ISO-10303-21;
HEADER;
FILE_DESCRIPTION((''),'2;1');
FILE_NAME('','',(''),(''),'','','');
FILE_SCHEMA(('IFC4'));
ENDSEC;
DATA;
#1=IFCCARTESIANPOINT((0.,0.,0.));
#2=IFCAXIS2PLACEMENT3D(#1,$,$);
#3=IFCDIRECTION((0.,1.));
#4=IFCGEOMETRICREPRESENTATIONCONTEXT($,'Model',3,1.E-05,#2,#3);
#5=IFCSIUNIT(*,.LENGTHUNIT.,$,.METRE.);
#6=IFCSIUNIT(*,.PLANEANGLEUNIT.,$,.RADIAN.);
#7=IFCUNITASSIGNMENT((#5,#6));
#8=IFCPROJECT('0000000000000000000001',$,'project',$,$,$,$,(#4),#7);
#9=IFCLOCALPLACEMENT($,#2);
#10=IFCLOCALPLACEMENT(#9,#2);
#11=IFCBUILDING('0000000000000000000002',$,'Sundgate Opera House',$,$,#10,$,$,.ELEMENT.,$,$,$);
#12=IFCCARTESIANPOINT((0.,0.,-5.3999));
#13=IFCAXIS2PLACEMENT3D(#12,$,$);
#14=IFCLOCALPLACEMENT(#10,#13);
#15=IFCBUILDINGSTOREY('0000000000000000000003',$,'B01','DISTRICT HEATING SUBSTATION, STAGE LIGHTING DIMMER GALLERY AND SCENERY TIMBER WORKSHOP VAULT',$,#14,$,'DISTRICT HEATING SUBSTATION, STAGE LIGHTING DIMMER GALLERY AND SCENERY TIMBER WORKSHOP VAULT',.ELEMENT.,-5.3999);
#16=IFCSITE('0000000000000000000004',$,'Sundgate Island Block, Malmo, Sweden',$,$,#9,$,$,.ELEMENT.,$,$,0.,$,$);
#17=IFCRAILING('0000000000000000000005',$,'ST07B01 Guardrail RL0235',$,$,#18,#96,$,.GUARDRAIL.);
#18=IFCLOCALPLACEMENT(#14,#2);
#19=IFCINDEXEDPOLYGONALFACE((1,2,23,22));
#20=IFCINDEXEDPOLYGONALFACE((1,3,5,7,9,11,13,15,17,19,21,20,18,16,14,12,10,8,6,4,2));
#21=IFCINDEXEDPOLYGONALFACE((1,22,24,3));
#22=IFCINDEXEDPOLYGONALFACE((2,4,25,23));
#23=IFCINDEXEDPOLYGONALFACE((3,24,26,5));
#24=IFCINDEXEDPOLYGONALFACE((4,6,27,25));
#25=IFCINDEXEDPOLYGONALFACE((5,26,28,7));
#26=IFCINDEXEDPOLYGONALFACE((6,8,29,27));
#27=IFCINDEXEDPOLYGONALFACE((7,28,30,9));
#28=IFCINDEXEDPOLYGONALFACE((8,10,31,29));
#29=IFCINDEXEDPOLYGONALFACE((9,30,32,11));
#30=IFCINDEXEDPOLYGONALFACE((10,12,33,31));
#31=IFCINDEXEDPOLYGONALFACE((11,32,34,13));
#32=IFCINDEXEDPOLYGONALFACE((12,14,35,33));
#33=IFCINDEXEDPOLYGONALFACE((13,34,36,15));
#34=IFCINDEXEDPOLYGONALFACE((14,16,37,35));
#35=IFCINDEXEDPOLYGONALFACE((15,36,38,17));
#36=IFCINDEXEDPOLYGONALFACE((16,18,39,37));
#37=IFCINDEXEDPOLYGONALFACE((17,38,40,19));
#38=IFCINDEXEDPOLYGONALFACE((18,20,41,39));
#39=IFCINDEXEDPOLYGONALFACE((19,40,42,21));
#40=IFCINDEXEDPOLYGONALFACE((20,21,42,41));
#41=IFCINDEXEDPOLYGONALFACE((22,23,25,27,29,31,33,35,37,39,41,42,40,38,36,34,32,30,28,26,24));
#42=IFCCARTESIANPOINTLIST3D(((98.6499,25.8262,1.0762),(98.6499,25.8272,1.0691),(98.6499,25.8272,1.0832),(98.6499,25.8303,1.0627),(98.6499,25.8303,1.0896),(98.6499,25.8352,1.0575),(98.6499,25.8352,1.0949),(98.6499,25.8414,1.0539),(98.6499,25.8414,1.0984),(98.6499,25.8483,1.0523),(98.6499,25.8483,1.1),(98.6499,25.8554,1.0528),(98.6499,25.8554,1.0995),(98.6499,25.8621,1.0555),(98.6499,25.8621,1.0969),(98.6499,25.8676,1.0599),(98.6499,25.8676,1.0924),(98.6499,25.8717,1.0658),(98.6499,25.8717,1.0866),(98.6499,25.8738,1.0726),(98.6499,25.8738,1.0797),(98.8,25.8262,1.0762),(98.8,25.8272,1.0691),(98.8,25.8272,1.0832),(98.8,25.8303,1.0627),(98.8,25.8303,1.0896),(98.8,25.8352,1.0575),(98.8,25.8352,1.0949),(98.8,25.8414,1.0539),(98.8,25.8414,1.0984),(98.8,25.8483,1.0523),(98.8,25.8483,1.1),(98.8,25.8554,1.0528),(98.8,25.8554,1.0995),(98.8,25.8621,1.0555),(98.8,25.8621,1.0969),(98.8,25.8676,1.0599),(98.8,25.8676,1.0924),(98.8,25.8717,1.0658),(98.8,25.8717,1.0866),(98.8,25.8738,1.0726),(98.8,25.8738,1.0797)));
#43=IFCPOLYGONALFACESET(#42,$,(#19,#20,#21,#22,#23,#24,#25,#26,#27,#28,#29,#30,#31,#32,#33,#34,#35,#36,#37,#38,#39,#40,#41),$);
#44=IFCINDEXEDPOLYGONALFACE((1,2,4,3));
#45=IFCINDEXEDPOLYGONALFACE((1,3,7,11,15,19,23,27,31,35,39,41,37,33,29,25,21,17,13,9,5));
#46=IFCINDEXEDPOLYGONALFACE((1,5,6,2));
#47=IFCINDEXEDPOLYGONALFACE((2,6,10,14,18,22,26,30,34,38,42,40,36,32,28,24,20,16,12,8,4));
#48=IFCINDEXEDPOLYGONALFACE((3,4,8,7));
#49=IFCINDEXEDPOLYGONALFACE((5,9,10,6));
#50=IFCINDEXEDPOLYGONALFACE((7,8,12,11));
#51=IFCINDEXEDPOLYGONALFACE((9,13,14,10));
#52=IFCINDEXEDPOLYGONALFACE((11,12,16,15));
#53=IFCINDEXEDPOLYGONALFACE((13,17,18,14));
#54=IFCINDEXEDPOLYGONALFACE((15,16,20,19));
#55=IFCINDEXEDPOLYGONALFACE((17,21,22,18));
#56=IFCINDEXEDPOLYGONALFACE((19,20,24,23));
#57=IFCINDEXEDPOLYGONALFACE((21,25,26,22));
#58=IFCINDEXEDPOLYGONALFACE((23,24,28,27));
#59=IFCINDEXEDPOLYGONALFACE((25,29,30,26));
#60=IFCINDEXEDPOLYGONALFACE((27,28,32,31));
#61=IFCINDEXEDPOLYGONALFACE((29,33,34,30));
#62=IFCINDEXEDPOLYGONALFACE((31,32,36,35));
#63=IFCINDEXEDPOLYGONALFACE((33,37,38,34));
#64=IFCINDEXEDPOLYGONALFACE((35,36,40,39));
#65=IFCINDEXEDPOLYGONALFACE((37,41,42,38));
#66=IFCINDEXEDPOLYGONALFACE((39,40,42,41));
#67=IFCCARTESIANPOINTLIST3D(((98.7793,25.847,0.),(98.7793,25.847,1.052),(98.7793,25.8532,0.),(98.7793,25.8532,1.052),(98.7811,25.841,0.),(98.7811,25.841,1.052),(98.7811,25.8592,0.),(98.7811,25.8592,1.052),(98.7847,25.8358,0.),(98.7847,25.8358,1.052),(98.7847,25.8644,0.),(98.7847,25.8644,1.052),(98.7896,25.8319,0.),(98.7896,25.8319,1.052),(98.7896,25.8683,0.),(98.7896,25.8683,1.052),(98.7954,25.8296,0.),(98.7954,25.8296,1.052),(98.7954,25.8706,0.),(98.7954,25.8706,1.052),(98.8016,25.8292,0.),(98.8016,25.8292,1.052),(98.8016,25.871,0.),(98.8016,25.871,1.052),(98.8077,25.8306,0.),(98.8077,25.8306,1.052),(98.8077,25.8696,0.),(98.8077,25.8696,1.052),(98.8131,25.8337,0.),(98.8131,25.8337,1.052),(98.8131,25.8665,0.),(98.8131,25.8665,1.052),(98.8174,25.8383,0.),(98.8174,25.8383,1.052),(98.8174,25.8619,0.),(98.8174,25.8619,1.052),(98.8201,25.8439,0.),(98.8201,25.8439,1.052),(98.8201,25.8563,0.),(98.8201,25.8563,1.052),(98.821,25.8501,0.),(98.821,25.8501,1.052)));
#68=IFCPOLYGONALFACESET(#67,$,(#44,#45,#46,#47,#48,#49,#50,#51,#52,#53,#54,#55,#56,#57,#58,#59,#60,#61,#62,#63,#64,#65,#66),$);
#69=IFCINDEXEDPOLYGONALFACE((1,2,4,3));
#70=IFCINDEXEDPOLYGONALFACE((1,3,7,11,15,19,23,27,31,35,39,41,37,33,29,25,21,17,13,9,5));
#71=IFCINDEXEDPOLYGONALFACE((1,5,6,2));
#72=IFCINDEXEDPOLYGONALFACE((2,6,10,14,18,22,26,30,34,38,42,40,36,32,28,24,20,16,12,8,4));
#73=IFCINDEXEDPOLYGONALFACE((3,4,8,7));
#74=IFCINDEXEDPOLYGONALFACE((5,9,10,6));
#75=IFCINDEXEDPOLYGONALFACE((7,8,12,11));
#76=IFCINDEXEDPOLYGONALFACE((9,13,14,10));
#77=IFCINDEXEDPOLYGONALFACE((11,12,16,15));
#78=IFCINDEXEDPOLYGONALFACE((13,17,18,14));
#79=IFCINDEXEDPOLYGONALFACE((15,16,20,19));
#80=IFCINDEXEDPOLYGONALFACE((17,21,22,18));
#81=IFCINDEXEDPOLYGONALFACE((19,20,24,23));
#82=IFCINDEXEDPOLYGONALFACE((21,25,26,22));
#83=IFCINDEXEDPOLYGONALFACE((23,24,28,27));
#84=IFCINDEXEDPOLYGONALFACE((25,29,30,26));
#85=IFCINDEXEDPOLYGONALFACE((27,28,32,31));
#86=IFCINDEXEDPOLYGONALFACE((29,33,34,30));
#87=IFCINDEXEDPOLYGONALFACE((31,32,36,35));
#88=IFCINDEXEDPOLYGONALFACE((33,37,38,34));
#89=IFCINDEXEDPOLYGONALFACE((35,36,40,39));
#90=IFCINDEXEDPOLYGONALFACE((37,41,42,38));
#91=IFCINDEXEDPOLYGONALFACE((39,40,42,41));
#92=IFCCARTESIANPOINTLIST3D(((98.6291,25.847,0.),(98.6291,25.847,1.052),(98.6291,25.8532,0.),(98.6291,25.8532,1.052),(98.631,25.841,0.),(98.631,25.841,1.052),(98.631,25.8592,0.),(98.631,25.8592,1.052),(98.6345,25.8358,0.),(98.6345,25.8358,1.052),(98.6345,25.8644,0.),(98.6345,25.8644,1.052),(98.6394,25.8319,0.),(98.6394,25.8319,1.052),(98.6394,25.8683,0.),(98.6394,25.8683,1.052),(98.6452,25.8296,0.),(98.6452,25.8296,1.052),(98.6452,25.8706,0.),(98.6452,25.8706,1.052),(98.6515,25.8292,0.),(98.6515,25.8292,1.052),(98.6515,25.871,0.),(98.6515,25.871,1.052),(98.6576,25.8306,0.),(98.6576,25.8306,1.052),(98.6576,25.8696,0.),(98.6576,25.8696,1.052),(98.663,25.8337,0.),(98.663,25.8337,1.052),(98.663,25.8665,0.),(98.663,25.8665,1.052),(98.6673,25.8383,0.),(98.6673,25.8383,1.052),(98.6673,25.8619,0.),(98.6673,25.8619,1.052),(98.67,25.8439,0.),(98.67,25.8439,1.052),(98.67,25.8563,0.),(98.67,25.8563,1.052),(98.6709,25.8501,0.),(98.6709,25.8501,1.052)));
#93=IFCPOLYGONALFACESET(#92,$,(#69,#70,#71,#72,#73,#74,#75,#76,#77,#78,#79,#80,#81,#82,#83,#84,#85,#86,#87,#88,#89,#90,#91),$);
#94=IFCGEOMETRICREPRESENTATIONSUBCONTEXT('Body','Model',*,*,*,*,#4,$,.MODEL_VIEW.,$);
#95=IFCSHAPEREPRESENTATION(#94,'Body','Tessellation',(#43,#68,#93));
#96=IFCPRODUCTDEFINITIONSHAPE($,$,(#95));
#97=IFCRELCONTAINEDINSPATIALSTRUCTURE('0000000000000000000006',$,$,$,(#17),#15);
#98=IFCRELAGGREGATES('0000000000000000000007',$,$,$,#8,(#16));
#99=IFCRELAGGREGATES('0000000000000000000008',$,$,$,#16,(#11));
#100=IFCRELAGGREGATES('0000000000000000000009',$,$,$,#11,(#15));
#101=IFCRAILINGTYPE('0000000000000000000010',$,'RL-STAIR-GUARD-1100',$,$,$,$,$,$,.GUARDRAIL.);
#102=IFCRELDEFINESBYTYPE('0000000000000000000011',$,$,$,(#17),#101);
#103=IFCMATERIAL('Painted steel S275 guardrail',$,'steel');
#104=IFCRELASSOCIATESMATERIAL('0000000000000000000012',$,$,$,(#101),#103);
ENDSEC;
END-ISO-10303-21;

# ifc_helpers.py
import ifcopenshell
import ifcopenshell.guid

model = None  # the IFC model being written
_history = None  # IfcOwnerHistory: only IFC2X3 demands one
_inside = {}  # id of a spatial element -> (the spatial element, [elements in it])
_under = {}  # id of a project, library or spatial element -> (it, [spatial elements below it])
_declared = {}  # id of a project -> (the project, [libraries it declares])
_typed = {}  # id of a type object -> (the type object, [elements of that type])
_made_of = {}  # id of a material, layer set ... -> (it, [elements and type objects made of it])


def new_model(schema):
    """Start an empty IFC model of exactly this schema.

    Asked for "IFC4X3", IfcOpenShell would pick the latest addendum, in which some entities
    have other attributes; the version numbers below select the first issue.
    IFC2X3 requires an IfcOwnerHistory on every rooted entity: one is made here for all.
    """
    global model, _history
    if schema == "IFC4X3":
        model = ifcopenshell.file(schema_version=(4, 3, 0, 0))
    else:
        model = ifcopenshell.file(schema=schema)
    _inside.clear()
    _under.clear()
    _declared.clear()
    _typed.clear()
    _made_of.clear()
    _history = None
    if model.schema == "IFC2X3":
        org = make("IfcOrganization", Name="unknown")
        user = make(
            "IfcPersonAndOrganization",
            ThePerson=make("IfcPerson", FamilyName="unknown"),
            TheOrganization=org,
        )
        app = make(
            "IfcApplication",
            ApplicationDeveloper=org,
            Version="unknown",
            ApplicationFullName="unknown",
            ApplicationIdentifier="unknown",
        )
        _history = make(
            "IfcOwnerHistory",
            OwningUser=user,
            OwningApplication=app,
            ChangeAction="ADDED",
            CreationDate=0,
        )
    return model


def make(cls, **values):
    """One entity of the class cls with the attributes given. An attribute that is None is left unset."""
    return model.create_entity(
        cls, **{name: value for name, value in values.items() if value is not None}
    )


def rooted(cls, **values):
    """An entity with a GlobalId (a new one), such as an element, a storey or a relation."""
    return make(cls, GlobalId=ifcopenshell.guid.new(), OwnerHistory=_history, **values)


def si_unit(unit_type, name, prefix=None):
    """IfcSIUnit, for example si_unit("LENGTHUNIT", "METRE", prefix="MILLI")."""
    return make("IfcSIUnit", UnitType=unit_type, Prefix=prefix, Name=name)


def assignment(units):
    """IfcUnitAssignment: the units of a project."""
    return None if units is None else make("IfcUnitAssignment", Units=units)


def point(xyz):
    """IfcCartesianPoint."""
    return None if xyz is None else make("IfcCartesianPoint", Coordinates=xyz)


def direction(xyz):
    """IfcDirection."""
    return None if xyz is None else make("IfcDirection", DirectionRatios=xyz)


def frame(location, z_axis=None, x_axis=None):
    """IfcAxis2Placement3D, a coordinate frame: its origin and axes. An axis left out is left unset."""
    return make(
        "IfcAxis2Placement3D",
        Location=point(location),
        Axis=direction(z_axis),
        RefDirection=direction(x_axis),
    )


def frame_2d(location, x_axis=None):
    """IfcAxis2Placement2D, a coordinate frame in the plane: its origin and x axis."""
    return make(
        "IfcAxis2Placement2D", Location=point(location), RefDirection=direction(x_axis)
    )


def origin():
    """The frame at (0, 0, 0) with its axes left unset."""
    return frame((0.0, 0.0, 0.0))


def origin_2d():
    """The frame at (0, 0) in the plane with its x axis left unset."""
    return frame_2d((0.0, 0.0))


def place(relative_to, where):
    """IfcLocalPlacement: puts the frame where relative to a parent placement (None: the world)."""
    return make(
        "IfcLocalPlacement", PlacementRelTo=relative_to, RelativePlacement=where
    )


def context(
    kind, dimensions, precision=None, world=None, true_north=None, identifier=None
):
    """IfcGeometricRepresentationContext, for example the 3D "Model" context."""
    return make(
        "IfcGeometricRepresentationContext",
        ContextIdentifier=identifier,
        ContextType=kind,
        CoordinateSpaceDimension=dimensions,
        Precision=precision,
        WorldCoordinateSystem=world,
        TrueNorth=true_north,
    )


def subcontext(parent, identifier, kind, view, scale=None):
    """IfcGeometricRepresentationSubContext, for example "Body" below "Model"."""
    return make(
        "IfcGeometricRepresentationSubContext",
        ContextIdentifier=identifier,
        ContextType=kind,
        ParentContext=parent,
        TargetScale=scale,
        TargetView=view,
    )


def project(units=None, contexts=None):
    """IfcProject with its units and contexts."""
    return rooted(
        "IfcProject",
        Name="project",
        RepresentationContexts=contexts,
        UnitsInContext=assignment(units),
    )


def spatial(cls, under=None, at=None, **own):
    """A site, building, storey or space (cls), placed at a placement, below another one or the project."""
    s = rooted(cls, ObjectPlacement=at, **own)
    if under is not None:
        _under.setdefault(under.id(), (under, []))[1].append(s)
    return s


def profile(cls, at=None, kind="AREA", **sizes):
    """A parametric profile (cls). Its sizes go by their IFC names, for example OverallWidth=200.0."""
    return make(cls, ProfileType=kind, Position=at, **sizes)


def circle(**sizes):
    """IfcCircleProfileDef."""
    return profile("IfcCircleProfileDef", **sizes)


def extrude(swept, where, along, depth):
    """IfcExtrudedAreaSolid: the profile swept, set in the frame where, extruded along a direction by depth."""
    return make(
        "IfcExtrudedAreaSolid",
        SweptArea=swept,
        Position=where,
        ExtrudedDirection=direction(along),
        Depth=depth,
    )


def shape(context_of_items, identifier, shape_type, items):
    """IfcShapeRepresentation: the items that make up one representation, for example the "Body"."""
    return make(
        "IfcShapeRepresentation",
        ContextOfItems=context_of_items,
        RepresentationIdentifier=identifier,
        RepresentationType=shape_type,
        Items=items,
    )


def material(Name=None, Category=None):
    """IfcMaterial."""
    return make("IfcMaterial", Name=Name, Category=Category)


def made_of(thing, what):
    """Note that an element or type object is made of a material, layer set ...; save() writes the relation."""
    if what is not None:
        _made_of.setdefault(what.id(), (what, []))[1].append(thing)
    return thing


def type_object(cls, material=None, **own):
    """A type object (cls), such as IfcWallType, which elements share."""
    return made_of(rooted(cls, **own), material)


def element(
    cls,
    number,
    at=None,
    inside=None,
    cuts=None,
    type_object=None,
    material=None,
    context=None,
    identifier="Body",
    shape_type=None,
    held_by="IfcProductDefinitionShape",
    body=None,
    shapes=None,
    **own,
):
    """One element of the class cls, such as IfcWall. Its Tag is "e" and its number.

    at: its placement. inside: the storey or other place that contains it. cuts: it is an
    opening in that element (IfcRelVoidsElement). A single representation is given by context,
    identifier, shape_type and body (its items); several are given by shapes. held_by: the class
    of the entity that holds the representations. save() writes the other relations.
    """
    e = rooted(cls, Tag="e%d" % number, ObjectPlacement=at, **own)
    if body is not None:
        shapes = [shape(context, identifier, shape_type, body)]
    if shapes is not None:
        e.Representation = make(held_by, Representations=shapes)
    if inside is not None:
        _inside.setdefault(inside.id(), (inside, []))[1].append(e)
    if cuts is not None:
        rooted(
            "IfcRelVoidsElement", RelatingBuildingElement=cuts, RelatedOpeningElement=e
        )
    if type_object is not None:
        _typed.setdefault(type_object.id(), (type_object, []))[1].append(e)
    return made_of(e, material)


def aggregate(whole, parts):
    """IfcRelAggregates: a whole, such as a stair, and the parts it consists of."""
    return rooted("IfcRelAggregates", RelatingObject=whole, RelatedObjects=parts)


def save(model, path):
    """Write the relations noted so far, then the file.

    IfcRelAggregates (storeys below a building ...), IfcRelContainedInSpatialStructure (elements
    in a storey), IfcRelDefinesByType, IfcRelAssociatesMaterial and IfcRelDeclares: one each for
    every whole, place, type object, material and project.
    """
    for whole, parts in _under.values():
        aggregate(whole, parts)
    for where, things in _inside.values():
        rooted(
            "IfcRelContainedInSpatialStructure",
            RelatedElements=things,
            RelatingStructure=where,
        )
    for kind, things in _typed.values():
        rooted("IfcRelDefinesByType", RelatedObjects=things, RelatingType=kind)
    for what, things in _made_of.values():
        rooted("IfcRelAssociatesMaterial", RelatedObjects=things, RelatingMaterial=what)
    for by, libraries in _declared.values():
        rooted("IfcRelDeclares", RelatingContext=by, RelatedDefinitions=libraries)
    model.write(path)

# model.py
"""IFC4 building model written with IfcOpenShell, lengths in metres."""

from ifc_helpers import new_model, si_unit, direction, frame, origin, origin_2d, place, context, subcontext, project, spatial, circle, extrude, material, type_object, element, save


model = new_model("IFC4")

# Units and contexts
model_context = context("Model", 3, precision=1e-05, world=origin(), true_north=direction((0.0, 1.0)))
body_context = subcontext(model_context, "Body", "Model", "MODEL_VIEW")
ifc_project = project(units=[si_unit("LENGTHUNIT", "METRE"), si_unit("PLANEANGLEUNIT", "RADIAN")], contexts=[model_context])

# Site, building, storey
site_placement = place(None, origin())
site = spatial("IfcSite", under=ifc_project, at=site_placement, Name="Sundgate Island Block, Malmo, Sweden", CompositionType="ELEMENT", RefElevation=0.0)
building_placement = place(site_placement, origin())
building = spatial("IfcBuilding", under=site, at=building_placement, Name="Sundgate Opera House", CompositionType="ELEMENT")
storey_placement = place(building_placement, frame((0.0, 0.0, -5.3999)))
storey = spatial("IfcBuildingStorey", under=building, at=storey_placement, Name="B01", Description="DISTRICT HEATING SUBSTATION, STAGE LIGHTING DIMMER GALLERY AND SCENERY TIMBER WORKSHOP VAULT", LongName="DISTRICT HEATING SUBSTATION, STAGE LIGHTING DIMMER GALLERY AND SCENERY TIMBER WORKSHOP VAULT", CompositionType="ELEMENT", Elevation=-5.3999)

# Railing
ifc_material_1 = material(Name="Painted steel S275 guardrail", Category="steel")
railing_type_1 = type_object("IfcRailingType", Name="RL-STAIR-GUARD-1100", PredefinedType="GUARDRAIL", material=ifc_material_1)
railing_1_placement = place(storey_placement, frame((98.8, 25.8501, 0.0)))
element("IfcRailing", 1, at=railing_1_placement, inside=storey, type_object=railing_type_1, Name="ST07B01 Guardrail RL0235", PredefinedType="GUARDRAIL", context=body_context, shape_type="SweptSolid", body=[
    extrude(circle(Radius=0.0239, at=origin_2d()), frame((0.0, 0.0, 1.0762), z_axis=(-1.0, 0.0, 0.0), x_axis=(0.0, -1.0, 0.0)), (0.0, 0.0, 1.0), 0.1501),
    extrude(circle(Radius=0.021, at=origin_2d()), origin(), (0.0, 0.0, 1.0), 1.052),
    extrude(circle(Radius=0.021, at=origin_2d()), frame((-0.1501, 0.0, 0.0)), (0.0, 0.0, 1.0), 1.052),
])

save(model, "model.ifc")
